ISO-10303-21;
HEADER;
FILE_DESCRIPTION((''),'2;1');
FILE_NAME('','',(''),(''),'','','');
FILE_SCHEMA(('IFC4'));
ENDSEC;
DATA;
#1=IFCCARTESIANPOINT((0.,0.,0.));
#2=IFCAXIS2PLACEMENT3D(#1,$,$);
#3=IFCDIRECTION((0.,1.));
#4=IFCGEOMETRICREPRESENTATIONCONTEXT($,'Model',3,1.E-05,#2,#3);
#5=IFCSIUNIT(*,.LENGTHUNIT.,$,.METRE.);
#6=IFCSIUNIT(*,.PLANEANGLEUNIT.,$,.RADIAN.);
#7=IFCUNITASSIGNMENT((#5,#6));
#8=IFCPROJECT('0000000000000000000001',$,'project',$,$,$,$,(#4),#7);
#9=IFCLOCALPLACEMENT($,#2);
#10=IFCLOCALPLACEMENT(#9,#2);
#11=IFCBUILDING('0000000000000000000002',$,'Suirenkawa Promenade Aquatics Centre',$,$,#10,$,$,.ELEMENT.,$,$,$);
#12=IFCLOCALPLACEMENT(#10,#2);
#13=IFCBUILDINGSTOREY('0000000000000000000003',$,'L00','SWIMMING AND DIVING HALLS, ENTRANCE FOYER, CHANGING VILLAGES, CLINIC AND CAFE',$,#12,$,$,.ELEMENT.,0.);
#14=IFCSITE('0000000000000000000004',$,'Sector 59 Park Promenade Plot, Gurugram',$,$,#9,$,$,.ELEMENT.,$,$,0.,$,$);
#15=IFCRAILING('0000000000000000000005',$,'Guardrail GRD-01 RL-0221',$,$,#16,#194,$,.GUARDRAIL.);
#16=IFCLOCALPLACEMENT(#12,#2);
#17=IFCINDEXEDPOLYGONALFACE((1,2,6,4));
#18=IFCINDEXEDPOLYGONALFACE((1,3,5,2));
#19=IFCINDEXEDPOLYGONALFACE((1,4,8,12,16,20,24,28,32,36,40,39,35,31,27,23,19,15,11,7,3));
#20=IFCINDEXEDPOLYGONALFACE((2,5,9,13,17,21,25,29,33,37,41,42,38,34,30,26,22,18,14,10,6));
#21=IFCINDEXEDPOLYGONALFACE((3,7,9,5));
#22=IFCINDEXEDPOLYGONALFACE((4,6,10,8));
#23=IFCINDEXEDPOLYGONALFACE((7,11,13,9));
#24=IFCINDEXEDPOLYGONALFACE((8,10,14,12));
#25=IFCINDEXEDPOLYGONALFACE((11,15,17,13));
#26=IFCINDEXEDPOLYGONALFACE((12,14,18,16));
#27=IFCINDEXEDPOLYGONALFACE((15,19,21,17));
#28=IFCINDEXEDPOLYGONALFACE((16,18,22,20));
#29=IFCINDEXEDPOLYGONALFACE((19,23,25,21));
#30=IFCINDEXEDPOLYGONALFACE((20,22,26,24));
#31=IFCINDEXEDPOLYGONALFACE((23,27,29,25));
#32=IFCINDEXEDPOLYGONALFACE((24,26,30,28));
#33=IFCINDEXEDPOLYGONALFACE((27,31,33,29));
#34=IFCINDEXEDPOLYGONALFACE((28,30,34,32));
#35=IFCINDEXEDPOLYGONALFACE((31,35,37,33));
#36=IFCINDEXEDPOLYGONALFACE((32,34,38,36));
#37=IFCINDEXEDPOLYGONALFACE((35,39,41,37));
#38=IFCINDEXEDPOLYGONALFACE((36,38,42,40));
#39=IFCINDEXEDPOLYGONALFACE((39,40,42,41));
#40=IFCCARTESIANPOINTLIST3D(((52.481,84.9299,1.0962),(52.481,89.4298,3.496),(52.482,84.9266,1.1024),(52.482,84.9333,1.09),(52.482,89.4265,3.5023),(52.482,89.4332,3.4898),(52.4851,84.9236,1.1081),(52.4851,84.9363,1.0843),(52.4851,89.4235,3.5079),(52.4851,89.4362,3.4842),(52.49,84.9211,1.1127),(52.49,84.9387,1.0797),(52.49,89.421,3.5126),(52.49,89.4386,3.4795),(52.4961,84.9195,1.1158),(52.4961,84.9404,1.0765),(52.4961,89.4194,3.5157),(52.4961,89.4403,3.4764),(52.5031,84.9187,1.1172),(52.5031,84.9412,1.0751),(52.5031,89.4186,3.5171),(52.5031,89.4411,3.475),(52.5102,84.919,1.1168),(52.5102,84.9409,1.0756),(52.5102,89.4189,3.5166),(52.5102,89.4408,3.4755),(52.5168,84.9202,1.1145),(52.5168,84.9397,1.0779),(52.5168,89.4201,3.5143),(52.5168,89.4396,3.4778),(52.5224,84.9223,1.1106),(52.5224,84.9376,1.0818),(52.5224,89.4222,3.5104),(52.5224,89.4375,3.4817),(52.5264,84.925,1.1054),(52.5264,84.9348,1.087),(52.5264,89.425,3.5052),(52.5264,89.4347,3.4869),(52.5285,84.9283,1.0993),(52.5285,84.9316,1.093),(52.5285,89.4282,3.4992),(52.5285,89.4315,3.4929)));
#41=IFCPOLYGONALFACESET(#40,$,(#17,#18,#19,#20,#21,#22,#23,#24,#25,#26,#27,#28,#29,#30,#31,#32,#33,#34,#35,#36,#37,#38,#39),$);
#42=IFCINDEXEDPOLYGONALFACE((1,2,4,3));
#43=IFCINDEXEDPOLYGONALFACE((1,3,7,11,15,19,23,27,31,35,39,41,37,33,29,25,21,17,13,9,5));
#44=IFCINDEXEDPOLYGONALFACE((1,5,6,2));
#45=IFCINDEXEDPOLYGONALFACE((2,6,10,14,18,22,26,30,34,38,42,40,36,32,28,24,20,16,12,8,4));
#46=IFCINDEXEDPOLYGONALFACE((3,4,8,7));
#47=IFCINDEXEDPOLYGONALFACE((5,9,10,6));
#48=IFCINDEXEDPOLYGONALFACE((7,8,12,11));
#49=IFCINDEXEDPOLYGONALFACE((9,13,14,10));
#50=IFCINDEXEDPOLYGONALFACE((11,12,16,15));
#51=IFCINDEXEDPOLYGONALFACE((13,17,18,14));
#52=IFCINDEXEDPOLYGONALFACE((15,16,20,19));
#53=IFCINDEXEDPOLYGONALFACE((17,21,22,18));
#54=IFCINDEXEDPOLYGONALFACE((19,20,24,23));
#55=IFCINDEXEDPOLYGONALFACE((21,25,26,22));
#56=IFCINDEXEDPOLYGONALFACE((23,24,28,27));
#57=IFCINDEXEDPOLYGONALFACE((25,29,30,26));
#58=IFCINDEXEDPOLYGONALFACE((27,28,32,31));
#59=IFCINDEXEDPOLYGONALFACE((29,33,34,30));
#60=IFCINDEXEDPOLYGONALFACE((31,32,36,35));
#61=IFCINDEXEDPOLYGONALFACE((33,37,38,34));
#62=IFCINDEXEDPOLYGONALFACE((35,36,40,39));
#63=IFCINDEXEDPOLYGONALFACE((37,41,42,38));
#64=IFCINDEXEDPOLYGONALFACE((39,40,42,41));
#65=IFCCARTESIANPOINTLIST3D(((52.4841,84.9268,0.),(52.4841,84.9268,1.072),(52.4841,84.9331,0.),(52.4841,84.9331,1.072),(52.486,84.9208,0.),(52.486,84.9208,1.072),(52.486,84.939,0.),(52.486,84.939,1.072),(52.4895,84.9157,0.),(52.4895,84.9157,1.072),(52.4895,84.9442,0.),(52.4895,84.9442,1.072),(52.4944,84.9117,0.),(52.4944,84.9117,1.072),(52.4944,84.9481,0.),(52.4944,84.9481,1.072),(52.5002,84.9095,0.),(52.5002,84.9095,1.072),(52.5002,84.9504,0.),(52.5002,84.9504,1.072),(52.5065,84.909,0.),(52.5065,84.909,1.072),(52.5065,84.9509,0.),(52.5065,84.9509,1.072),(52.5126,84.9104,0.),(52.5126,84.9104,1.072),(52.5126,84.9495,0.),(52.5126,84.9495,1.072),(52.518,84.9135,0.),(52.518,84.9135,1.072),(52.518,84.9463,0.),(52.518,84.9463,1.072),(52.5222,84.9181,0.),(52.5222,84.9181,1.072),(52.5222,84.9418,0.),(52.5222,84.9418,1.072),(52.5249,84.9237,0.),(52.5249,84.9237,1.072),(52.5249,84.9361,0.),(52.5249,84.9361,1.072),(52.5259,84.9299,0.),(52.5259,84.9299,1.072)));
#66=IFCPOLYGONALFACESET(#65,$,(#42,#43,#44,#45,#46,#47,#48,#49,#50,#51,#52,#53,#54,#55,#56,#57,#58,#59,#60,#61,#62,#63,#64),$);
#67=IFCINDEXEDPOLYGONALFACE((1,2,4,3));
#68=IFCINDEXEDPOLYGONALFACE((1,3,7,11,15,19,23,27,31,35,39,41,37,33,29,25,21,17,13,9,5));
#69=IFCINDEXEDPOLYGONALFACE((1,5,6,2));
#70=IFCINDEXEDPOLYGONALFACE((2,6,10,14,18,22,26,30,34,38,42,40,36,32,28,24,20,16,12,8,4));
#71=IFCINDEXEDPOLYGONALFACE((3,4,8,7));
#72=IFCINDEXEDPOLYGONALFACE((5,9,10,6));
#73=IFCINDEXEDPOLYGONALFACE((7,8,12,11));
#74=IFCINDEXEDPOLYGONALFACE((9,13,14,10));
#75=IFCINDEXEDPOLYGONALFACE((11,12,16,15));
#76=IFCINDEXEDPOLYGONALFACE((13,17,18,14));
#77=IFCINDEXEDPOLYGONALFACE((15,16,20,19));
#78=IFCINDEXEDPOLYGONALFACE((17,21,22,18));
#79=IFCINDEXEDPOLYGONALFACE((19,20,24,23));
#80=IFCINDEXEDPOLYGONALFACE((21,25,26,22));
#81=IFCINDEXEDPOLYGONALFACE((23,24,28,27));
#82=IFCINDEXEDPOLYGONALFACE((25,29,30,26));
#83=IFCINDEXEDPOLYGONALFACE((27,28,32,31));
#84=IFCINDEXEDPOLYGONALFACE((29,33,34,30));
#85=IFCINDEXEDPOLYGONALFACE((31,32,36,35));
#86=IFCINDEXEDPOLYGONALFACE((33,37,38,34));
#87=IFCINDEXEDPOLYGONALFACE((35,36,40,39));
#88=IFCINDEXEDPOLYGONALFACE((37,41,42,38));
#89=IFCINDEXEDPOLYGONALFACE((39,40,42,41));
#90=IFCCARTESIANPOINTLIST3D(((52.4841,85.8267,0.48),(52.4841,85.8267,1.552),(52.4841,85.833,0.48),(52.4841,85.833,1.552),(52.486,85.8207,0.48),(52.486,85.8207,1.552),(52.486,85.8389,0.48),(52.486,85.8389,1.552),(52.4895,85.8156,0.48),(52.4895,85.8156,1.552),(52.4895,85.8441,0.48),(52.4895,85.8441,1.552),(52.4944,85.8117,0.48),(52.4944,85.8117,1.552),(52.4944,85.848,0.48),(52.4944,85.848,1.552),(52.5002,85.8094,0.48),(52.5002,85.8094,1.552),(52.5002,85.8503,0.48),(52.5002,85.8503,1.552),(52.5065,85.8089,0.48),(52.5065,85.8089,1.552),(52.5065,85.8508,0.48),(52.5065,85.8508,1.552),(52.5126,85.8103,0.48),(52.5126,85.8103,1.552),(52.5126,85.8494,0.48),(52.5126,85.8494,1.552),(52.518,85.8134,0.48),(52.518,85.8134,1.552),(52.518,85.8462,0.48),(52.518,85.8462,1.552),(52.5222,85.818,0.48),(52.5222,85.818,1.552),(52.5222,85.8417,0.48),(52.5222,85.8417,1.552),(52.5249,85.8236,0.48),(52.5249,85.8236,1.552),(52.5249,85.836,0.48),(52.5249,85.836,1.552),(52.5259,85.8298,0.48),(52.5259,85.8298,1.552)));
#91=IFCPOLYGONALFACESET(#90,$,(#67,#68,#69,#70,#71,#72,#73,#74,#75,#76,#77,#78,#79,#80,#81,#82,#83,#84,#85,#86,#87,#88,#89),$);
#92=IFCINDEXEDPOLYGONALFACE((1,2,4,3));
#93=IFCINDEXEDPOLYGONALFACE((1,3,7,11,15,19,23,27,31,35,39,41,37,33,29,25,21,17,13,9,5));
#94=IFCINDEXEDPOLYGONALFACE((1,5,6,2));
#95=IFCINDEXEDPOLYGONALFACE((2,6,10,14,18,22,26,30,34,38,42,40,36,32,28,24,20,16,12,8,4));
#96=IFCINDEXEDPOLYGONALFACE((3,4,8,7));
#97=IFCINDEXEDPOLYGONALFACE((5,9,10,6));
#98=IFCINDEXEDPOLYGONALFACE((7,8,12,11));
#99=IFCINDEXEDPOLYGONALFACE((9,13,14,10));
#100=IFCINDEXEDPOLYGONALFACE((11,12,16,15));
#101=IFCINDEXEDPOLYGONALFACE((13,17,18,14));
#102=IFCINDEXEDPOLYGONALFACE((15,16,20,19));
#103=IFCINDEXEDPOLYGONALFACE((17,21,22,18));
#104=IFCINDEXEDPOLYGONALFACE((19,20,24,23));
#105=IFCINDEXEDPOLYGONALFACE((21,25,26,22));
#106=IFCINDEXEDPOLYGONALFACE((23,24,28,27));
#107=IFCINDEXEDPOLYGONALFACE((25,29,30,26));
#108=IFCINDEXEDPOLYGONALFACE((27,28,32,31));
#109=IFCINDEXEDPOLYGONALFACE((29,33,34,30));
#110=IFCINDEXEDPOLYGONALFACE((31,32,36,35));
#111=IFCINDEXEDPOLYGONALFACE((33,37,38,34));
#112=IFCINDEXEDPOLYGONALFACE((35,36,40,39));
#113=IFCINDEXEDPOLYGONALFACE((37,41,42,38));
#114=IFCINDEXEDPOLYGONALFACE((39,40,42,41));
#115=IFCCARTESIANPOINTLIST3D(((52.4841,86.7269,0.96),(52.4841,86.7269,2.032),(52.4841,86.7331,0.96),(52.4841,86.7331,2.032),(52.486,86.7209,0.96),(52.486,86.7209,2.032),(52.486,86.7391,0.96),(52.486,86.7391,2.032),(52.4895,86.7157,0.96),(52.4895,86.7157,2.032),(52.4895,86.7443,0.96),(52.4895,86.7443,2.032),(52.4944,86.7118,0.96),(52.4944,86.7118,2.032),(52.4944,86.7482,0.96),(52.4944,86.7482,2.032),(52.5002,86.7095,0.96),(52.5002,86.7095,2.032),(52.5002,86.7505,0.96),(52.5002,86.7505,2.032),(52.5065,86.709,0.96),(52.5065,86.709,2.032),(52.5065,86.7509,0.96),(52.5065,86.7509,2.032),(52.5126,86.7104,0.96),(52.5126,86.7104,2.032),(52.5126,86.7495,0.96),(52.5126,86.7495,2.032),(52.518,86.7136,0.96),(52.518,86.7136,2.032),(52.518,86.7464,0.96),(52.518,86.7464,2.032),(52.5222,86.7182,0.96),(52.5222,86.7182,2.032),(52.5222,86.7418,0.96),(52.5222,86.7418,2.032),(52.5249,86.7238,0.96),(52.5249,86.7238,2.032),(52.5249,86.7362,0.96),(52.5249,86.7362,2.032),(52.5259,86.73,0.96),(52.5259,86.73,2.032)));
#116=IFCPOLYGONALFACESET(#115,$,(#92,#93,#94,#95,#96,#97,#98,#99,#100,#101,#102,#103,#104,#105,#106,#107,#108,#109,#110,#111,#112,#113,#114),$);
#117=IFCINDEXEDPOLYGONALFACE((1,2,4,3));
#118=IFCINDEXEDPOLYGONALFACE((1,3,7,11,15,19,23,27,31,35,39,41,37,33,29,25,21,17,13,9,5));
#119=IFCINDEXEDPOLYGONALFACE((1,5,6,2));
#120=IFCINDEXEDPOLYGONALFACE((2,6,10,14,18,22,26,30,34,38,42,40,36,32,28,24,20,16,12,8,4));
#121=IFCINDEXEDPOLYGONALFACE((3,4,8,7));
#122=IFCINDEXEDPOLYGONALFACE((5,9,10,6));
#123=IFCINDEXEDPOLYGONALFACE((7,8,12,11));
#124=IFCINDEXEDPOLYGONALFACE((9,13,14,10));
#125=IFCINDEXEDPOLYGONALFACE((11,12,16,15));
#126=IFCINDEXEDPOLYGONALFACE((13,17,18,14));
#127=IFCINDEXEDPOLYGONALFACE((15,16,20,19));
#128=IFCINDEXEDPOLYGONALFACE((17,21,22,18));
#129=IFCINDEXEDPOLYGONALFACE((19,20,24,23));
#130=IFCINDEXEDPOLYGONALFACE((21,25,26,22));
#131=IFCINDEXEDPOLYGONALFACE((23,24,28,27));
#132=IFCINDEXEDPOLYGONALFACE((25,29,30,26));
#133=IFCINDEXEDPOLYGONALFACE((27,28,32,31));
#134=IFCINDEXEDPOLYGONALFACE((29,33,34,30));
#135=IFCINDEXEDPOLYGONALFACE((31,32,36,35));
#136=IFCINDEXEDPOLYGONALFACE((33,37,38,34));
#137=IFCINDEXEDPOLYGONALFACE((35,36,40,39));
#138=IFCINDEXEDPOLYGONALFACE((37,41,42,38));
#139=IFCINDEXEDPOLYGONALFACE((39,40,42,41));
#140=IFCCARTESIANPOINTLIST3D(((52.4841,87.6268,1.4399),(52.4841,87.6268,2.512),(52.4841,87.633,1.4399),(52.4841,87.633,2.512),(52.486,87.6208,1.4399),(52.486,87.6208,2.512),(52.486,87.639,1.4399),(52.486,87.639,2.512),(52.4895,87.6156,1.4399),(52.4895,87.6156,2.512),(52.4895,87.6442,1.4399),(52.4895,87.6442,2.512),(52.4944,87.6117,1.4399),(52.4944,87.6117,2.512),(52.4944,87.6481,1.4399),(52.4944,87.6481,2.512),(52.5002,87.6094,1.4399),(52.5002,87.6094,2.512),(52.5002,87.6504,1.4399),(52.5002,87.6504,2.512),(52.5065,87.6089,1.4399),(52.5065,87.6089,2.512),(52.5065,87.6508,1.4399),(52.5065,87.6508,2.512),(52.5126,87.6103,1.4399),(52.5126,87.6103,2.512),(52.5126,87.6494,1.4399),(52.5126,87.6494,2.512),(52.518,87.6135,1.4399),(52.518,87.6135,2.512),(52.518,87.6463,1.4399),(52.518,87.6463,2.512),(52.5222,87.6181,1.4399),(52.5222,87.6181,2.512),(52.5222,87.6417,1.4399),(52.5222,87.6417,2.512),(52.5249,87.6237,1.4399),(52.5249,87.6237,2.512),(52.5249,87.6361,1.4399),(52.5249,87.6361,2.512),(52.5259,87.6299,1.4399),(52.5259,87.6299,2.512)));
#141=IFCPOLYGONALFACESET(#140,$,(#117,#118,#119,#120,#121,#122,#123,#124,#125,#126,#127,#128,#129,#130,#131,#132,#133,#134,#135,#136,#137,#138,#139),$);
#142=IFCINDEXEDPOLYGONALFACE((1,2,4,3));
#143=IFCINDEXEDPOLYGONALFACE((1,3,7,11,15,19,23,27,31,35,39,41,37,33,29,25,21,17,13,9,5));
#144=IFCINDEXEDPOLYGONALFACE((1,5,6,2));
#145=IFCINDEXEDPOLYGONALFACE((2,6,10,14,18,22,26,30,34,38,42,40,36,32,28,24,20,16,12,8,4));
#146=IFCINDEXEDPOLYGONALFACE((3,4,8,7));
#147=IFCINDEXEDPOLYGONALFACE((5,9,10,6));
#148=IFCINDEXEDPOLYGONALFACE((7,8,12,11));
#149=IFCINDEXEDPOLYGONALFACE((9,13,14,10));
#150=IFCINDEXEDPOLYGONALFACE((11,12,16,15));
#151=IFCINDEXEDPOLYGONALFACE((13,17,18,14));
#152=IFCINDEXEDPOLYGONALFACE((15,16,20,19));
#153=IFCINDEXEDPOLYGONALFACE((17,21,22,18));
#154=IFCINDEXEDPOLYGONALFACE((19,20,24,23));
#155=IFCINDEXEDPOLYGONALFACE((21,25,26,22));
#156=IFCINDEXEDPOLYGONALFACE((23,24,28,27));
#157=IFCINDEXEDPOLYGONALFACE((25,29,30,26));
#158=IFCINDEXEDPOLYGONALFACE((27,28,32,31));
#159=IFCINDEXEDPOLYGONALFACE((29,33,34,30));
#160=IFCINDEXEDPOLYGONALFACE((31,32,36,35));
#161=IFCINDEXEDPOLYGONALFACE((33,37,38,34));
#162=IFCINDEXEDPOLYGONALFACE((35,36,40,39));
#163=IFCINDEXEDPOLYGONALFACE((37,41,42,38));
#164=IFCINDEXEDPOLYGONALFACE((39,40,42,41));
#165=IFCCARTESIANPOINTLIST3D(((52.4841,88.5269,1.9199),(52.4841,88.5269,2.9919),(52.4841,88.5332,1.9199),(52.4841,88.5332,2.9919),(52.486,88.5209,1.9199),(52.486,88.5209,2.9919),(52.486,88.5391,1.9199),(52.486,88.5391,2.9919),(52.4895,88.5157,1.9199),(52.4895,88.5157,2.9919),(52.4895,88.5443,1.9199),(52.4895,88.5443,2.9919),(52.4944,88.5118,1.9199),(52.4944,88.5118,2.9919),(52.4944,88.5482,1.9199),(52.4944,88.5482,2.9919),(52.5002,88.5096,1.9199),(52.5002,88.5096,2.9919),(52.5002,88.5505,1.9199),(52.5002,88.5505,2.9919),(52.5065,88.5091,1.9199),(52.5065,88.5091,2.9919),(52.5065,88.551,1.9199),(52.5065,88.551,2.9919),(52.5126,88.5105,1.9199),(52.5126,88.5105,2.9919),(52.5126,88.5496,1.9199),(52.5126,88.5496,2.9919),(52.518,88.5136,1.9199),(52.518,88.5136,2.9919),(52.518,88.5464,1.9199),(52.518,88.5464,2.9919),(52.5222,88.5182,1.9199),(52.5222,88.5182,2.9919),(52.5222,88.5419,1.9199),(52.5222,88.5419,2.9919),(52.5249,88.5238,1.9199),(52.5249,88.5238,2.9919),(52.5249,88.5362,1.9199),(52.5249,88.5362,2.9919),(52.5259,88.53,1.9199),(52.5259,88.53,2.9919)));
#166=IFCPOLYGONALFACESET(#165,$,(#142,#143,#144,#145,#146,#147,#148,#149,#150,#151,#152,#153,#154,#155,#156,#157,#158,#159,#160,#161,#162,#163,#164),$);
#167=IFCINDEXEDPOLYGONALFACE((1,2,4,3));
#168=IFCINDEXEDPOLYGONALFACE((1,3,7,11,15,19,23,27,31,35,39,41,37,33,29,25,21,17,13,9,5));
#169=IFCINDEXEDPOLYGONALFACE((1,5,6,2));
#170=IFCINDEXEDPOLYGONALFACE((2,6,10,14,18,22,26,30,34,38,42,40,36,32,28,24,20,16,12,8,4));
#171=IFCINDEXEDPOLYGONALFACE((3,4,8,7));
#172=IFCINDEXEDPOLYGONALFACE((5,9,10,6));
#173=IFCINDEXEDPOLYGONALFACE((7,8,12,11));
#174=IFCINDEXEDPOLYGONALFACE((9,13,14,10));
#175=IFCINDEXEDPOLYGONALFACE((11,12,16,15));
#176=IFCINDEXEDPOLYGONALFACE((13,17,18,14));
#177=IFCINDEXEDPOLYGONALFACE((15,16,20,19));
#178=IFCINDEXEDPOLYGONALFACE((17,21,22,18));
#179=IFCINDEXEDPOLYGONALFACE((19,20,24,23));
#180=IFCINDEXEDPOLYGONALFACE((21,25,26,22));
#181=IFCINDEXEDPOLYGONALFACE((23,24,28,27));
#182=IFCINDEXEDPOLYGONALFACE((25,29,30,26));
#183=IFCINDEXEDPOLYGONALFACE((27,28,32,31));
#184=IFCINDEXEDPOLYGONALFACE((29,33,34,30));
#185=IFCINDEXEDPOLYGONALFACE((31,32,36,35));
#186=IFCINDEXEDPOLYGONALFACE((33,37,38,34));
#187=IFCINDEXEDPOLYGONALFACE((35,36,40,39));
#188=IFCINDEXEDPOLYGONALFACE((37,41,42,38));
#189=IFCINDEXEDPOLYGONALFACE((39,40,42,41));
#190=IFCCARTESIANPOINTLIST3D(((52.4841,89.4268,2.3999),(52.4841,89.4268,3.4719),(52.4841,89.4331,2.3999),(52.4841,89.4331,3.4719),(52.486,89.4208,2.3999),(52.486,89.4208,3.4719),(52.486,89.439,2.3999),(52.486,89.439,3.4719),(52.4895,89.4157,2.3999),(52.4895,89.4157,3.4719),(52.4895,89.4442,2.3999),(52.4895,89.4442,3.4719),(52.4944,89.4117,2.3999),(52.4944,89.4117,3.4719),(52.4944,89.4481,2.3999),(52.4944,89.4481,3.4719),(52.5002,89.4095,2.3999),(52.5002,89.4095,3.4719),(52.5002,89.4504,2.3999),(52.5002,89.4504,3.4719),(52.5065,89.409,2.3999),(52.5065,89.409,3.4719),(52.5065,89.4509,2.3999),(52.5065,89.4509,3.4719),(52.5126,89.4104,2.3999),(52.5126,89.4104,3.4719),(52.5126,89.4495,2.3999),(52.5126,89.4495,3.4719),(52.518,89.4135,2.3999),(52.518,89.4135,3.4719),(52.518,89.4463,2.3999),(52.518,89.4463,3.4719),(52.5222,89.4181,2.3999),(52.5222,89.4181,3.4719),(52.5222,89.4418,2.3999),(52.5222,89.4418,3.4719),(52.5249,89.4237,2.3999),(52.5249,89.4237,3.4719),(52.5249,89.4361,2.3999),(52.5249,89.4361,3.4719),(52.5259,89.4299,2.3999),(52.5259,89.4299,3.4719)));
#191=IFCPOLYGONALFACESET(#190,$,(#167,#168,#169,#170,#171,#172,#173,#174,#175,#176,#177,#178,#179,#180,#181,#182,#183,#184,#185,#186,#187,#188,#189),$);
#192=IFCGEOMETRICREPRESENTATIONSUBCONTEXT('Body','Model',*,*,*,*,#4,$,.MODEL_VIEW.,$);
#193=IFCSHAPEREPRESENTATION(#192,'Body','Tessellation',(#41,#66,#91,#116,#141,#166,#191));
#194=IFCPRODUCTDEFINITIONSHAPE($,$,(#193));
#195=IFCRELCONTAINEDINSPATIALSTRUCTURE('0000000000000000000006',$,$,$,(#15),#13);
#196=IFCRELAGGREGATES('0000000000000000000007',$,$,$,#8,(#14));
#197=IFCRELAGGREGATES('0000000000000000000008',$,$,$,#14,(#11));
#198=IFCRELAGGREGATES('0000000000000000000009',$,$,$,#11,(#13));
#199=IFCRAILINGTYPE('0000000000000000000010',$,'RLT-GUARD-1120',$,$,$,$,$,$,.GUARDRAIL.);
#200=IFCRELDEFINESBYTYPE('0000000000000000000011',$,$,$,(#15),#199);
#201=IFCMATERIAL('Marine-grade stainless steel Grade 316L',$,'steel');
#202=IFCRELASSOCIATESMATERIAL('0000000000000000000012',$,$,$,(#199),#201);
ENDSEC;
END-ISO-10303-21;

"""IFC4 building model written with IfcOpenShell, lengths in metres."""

from ifc_helpers import new_model, si_unit, direction, frame, origin, origin_2d, place, context, subcontext, project, spatial, circle, extrude, material, type_object, element, save


model = new_model("IFC4")

# Units and contexts
model_context = context("Model", 3, precision=1e-05, world=origin(), true_north=direction((0.0, 1.0)))
body_context = subcontext(model_context, "Body", "Model", "MODEL_VIEW")
ifc_project = project(units=[si_unit("LENGTHUNIT", "METRE"), si_unit("PLANEANGLEUNIT", "RADIAN")], contexts=[model_context])

# Site, building, storey
site_placement = place(None, origin())
site = spatial("IfcSite", under=ifc_project, at=site_placement, Name="Sector 59 Park Promenade Plot, Gurugram", CompositionType="ELEMENT", RefElevation=0.0)
building_placement = place(site_placement, origin())
building = spatial("IfcBuilding", under=site, at=building_placement, Name="Suirenkawa Promenade Aquatics Centre", CompositionType="ELEMENT")
storey_placement = place(building_placement, origin())
storey = spatial("IfcBuildingStorey", under=building, at=storey_placement, Name="L00", Description="SWIMMING AND DIVING HALLS, ENTRANCE FOYER, CHANGING VILLAGES, CLINIC AND CAFE", CompositionType="ELEMENT", Elevation=0.0)

# Railing
ifc_material_1 = material(Name="Marine-grade stainless steel Grade 316L", Category="steel")
railing_type_1 = type_object("IfcRailingType", Name="RLT-GUARD-1120", PredefinedType="GUARDRAIL", material=ifc_material_1)
railing_1_placement = place(storey_placement, frame((52.5049, 84.9299, 0.0)))
element("IfcRailing", 1, at=railing_1_placement, inside=storey, type_object=railing_type_1, Name="Guardrail GRD-01 RL-0221", PredefinedType="GUARDRAIL", context=body_context, shape_type="SweptSolid", body=[
    extrude(circle(Radius=0.0239, at=origin_2d()), frame((0.0, 0.0, 1.0962), z_axis=(0.0, 0.882361, 0.470573), x_axis=(-1.0, 0.0, 0.0)), (0.0, 0.0, 1.0), 5.0999),
    extrude(circle(Radius=0.021, at=origin_2d()), origin(), (0.0, 0.0, 1.0), 1.072),
    extrude(circle(Radius=0.021, at=origin_2d()), frame((0.0, 0.8999, 0.48)), (0.0, 0.0, 1.0), 1.072),
    extrude(circle(Radius=0.021, at=origin_2d()), frame((0.0, 1.8, 0.96)), (0.0, 0.0, 1.0), 1.072),
    extrude(circle(Radius=0.021, at=origin_2d()), frame((0.0, 2.7, 1.4399)), (0.0, 0.0, 1.0), 1.072),
    extrude(circle(Radius=0.021, at=origin_2d()), frame((0.0, 3.6001, 1.9199)), (0.0, 0.0, 1.0), 1.072),
    extrude(circle(Radius=0.021, at=origin_2d()), frame((0.0, 4.5, 2.3999)), (0.0, 0.0, 1.0), 1.072),
])

save(model, "model.ifc")
